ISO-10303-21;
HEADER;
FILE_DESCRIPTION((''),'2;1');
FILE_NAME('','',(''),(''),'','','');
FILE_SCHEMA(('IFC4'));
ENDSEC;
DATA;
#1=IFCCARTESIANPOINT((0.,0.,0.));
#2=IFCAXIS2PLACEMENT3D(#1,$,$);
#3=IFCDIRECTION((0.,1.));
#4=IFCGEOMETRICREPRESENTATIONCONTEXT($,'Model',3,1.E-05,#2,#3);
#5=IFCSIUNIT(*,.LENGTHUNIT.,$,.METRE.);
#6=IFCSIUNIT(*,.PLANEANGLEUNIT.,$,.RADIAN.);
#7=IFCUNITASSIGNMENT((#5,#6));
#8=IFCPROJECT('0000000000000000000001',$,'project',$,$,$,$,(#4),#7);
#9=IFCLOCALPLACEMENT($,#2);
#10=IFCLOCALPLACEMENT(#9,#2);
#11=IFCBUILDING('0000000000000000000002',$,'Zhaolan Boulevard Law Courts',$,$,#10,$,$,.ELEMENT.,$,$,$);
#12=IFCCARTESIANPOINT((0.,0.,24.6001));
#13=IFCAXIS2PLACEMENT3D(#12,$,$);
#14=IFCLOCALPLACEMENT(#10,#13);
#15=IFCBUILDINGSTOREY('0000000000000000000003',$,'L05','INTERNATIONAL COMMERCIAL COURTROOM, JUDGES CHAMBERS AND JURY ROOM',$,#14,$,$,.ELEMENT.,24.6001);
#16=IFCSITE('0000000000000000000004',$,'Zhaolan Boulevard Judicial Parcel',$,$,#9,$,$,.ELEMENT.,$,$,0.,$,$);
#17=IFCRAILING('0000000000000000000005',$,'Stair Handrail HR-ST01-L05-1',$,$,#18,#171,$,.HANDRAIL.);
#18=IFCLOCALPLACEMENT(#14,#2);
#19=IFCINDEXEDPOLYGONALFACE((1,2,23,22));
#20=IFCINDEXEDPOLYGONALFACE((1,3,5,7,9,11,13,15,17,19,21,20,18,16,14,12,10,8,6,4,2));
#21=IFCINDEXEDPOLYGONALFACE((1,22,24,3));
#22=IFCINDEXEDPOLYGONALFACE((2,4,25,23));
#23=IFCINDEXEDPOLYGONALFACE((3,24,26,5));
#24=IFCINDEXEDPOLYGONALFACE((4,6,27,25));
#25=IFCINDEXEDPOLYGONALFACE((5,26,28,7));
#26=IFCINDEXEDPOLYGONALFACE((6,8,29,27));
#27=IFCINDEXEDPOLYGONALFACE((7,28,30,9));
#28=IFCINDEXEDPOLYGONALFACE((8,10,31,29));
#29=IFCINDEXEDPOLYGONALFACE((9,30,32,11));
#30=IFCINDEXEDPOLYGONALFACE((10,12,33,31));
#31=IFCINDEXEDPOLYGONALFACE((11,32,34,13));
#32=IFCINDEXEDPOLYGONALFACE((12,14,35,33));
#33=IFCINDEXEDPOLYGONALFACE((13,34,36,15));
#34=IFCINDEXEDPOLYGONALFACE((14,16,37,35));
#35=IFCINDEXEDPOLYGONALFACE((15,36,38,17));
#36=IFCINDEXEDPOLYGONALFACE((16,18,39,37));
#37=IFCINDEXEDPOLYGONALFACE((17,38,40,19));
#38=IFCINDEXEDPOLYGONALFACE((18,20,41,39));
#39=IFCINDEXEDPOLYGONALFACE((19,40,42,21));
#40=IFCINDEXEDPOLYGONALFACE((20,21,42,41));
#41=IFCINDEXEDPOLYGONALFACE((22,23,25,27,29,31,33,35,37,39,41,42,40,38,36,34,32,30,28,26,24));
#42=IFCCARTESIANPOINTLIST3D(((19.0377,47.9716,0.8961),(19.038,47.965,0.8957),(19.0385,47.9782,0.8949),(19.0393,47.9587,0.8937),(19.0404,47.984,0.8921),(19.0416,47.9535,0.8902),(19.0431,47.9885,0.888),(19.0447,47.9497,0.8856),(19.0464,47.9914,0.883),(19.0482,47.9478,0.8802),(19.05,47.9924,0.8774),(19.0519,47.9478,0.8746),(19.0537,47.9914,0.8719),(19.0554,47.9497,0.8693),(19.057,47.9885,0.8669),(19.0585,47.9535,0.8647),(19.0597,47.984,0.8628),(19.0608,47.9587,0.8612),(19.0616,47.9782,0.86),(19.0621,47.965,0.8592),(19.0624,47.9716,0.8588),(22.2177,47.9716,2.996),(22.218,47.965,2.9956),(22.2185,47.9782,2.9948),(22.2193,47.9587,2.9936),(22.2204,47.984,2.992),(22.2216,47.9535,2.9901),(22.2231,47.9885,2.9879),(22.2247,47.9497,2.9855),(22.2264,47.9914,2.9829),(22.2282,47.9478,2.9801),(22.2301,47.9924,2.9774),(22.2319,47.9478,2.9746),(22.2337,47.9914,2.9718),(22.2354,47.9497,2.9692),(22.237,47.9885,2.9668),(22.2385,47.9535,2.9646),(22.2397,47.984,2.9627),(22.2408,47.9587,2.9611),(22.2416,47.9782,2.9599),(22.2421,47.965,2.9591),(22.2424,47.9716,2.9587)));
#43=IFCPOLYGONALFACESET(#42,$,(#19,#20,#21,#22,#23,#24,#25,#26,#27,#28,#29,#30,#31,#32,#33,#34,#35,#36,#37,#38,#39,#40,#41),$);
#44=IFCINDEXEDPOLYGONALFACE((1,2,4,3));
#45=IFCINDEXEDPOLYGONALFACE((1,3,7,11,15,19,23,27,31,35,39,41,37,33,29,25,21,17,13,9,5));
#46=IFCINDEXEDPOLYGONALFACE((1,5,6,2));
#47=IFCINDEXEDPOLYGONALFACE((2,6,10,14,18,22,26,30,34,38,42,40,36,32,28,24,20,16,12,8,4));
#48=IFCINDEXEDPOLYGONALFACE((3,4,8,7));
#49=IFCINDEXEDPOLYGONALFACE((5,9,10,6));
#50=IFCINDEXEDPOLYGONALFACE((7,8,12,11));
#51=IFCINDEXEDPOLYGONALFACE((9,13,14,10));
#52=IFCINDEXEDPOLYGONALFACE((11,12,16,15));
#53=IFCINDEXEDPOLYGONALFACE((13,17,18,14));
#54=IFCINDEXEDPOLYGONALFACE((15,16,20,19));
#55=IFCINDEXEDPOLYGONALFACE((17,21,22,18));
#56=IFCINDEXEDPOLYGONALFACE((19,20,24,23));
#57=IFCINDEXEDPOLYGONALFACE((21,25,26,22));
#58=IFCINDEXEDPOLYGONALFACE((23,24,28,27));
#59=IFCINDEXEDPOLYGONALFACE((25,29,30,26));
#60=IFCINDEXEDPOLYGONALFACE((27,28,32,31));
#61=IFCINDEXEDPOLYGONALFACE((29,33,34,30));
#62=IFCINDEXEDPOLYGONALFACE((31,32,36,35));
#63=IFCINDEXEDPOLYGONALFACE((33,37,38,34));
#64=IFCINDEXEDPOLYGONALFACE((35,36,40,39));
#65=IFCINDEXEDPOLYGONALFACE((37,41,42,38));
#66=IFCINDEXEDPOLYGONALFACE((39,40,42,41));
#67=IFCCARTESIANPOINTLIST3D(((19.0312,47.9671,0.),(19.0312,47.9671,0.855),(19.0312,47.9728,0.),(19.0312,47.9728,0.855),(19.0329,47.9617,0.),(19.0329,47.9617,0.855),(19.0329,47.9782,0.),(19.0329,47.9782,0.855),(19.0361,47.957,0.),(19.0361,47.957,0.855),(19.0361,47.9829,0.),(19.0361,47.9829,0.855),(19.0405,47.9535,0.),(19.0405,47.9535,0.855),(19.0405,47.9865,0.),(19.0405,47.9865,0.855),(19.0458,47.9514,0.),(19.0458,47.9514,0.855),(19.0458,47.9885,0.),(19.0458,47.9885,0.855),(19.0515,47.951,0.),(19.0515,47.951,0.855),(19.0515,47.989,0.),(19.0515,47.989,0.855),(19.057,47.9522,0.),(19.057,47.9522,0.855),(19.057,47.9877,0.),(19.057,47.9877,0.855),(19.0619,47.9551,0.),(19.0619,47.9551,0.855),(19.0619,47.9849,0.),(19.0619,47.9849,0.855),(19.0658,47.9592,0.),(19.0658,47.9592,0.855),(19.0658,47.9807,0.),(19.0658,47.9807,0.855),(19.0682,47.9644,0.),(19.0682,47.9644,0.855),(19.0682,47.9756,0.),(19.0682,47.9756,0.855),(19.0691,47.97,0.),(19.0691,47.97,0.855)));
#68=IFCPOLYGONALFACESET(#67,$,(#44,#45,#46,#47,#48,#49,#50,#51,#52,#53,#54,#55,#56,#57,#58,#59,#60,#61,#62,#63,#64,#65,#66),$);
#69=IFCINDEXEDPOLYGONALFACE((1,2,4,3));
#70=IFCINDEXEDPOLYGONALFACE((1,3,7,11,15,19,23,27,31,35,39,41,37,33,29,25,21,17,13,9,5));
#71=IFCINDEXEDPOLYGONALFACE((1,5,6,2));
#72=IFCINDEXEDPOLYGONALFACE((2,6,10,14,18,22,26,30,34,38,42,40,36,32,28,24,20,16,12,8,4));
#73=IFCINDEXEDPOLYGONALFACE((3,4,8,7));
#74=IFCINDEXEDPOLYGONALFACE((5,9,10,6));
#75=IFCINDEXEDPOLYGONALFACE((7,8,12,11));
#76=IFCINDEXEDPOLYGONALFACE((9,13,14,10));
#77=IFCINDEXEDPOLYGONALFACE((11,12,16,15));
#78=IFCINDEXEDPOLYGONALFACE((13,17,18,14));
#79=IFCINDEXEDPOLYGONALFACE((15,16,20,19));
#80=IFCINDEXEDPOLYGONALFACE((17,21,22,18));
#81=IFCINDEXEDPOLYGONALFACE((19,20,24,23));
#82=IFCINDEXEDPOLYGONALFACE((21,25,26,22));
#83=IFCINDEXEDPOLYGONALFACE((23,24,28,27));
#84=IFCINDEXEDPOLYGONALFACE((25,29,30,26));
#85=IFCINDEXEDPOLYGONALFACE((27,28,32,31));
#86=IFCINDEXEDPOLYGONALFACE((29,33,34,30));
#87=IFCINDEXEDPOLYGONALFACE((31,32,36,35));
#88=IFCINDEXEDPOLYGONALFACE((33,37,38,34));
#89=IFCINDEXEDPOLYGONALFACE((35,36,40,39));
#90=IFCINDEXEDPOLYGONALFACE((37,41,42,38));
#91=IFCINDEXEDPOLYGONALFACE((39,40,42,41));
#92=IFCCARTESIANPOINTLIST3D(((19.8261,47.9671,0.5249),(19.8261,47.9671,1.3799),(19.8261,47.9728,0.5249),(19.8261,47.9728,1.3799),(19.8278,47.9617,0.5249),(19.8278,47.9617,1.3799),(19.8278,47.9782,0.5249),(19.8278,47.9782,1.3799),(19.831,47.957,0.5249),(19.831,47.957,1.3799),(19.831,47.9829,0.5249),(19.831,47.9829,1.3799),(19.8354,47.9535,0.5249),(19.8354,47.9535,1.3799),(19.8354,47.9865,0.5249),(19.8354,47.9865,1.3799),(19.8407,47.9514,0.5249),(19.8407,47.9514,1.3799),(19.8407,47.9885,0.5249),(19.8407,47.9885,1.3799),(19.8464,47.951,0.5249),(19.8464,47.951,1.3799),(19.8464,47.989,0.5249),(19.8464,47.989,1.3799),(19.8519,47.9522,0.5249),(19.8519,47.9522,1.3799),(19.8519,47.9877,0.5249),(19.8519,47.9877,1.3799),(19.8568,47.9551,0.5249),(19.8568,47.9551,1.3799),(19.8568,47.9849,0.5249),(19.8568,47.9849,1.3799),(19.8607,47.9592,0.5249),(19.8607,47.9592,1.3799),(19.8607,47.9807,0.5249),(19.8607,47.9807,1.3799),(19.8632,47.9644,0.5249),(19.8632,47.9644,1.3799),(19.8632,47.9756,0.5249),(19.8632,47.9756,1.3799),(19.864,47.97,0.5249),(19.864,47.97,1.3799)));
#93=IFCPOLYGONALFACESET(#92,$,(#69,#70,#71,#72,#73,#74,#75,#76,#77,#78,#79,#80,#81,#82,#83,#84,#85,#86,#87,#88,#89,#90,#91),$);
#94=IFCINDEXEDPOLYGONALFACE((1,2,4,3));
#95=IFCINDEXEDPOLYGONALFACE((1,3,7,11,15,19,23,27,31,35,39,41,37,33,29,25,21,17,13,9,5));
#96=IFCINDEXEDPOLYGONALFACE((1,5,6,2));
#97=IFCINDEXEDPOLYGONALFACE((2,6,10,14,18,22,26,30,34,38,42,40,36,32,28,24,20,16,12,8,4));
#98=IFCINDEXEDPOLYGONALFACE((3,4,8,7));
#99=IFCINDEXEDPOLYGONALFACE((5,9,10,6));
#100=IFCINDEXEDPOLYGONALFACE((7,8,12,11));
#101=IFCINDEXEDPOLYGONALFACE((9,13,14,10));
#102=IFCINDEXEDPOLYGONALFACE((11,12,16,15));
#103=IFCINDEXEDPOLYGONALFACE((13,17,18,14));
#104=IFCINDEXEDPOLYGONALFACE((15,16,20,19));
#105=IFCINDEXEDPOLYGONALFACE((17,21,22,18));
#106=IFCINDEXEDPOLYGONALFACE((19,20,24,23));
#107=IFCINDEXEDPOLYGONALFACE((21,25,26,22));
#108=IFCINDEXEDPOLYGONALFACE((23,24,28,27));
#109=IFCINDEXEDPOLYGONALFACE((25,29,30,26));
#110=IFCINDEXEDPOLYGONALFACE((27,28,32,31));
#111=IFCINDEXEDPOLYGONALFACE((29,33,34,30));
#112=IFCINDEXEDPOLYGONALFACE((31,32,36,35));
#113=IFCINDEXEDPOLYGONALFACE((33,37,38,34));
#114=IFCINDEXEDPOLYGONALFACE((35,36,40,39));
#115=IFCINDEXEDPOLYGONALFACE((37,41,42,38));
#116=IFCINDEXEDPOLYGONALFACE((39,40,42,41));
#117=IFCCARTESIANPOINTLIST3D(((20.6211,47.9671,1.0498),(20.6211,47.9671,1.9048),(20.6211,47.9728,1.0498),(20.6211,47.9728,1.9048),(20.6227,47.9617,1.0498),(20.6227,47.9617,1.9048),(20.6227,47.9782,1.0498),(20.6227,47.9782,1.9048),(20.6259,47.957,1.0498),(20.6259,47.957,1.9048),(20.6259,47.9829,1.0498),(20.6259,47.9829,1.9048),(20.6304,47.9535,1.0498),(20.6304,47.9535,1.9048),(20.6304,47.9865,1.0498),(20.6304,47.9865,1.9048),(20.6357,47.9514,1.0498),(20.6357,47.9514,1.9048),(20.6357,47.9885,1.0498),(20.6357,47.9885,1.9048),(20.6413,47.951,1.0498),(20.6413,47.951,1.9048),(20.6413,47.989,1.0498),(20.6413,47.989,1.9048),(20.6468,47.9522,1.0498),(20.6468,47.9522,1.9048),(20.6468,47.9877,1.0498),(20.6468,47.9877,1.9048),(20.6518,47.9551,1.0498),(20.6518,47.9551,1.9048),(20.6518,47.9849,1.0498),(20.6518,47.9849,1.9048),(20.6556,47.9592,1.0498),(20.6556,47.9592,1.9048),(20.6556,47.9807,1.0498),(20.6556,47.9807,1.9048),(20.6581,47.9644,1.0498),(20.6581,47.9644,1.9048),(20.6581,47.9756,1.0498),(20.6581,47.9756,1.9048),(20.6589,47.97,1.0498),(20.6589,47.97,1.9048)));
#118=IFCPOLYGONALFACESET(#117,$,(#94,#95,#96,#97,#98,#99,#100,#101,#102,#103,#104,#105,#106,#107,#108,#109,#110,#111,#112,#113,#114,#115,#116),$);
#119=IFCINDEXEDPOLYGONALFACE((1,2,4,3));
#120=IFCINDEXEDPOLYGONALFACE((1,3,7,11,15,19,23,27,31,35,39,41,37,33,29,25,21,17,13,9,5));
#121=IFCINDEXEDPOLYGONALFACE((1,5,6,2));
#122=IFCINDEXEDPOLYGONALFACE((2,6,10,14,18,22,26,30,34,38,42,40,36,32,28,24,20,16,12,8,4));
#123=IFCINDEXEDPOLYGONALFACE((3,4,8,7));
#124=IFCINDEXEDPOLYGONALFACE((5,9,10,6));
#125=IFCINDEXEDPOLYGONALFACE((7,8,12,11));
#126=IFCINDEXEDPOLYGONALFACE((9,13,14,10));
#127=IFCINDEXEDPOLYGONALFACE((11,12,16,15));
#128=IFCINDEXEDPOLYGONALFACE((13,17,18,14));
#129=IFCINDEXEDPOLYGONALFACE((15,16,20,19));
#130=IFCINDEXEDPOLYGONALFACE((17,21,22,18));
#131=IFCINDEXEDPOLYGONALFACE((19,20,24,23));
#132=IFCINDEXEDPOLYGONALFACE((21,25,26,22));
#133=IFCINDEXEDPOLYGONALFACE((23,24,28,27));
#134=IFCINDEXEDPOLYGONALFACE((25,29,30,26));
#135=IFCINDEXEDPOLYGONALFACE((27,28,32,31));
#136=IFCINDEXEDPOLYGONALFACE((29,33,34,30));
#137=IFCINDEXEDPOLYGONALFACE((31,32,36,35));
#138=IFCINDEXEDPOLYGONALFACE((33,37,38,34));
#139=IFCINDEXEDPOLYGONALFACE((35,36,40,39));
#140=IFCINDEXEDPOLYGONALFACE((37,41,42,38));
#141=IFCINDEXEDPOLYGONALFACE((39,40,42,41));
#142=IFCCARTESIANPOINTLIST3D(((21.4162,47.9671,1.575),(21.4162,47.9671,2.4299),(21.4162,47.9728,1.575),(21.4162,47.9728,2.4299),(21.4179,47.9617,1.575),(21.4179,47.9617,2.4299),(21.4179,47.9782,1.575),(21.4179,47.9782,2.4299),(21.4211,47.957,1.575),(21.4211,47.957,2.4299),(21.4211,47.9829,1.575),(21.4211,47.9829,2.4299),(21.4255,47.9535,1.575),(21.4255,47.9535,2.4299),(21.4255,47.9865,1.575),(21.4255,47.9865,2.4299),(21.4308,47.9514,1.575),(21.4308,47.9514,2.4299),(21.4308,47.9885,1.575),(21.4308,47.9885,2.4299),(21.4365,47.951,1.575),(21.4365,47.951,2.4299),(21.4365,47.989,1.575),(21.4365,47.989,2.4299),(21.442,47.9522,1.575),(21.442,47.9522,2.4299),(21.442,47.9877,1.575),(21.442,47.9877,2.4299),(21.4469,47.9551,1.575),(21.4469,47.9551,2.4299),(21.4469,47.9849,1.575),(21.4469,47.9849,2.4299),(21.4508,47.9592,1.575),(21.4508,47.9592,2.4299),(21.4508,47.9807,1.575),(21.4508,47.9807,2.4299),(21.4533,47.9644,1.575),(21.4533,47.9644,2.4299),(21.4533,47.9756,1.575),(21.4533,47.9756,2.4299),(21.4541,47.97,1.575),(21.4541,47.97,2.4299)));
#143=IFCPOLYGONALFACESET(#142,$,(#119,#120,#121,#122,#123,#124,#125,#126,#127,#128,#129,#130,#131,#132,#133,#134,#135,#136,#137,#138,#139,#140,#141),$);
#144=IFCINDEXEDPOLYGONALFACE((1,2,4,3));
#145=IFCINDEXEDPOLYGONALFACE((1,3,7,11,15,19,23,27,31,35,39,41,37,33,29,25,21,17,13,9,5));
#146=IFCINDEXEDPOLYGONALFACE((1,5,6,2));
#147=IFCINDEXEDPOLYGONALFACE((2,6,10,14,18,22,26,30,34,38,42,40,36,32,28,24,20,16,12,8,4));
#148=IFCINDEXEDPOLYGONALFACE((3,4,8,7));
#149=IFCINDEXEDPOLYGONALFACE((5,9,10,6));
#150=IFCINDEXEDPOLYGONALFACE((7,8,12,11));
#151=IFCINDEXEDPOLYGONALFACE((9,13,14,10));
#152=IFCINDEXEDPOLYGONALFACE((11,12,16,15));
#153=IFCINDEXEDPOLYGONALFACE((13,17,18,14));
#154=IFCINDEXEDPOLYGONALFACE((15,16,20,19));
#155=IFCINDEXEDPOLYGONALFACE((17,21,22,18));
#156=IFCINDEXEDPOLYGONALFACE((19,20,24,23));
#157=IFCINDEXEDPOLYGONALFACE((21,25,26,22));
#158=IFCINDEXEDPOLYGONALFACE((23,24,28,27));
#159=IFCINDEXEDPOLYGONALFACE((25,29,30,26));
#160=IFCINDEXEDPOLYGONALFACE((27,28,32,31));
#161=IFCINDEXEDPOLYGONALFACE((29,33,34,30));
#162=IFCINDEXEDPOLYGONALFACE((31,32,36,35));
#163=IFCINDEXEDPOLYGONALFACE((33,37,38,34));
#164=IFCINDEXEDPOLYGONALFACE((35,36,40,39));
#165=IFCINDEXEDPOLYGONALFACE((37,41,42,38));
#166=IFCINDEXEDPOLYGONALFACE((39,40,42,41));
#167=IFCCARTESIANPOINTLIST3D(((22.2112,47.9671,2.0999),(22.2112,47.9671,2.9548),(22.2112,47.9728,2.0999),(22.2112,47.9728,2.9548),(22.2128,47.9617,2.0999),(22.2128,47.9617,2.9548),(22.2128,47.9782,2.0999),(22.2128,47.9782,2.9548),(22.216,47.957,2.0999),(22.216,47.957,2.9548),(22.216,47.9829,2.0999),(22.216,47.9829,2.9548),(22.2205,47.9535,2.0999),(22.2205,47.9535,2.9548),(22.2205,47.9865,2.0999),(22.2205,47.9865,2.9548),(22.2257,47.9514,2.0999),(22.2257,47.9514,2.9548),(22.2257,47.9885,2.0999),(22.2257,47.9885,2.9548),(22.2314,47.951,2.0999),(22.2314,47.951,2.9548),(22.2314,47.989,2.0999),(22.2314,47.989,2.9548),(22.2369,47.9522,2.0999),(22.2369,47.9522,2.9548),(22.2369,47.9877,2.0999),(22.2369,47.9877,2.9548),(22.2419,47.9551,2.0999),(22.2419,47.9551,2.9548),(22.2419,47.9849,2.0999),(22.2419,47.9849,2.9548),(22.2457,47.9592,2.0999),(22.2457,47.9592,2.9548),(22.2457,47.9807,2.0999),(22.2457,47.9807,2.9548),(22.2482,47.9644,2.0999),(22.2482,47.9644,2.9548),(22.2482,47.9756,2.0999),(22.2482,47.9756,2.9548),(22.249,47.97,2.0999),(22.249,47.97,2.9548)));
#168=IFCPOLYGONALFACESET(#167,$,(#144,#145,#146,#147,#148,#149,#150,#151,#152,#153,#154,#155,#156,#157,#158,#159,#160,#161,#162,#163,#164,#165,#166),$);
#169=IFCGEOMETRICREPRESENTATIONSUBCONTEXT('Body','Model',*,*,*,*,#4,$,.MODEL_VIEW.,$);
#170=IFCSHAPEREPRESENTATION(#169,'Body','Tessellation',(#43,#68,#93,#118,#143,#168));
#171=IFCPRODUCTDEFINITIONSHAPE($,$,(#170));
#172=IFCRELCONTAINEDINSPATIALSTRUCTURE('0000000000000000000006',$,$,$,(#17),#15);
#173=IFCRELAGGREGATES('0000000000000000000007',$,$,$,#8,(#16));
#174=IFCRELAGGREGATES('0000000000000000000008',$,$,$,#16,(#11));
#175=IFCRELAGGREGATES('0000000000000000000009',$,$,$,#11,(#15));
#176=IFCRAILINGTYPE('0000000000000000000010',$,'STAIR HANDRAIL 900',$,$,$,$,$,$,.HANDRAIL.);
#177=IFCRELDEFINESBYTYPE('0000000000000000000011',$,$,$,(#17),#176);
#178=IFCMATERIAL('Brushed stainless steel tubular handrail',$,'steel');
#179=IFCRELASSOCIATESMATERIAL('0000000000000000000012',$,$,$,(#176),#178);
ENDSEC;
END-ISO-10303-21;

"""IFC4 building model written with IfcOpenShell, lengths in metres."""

from ifc_helpers import new_model, si_unit, direction, frame, origin, origin_2d, place, context, subcontext, project, spatial, circle, extrude, material, type_object, element, save


model = new_model("IFC4")

# Units and contexts
model_context = context("Model", 3, precision=1e-05, world=origin(), true_north=direction((0.0, 1.0)))
body_context = subcontext(model_context, "Body", "Model", "MODEL_VIEW")
ifc_project = project(units=[si_unit("LENGTHUNIT", "METRE"), si_unit("PLANEANGLEUNIT", "RADIAN")], contexts=[model_context])

# Site, building, storey
site_placement = place(None, origin())
site = spatial("IfcSite", under=ifc_project, at=site_placement, Name="Zhaolan Boulevard Judicial Parcel", CompositionType="ELEMENT", RefElevation=0.0)
building_placement = place(site_placement, origin())
building = spatial("IfcBuilding", under=site, at=building_placement, Name="Zhaolan Boulevard Law Courts", CompositionType="ELEMENT")
storey_placement = place(building_placement, frame((0.0, 0.0, 24.6001)))
storey = spatial("IfcBuildingStorey", under=building, at=storey_placement, Name="L05", Description="INTERNATIONAL COMMERCIAL COURTROOM, JUDGES CHAMBERS AND JURY ROOM", CompositionType="ELEMENT", Elevation=24.6001)

# Railing
ifc_material_1 = material(Name="Brushed stainless steel tubular handrail", Category="steel")
railing_type_1 = type_object("IfcRailingType", Name="STAIR HANDRAIL 900", PredefinedType="HANDRAIL", material=ifc_material_1)
railing_1_placement = place(storey_placement, frame((19.05, 47.97, 0.0)))
element("IfcRailing", 1, at=railing_1_placement, inside=storey, type_object=railing_type_1, Name="Stair Handrail HR-ST01-L05-1", PredefinedType="HANDRAIL", context=body_context, shape_type="SweptSolid", body=[
    extrude(circle(Radius=0.0225, at=origin_2d()), frame((0.0, 0.0, 0.8774), z_axis=(0.834477, 0.0, 0.551043), x_axis=(0.0, 1.0, 0.0)), (0.0, 0.0, 1.0), 3.8108),
    extrude(circle(Radius=0.019, at=origin_2d()), origin(), (0.0, 0.0, 1.0), 0.855),
    extrude(circle(Radius=0.019, at=origin_2d()), frame((0.7949, 0.0, 0.5249)), (0.0, 0.0, 1.0), 0.855),
    extrude(circle(Radius=0.019, at=origin_2d()), frame((1.5898, 0.0, 1.0498)), (0.0, 0.0, 1.0), 0.855),
    extrude(circle(Radius=0.019, at=origin_2d()), frame((2.385, 0.0, 1.575)), (0.0, 0.0, 1.0), 0.855),
    extrude(circle(Radius=0.019, at=origin_2d()), frame((3.1799, 0.0, 2.0999)), (0.0, 0.0, 1.0), 0.855),
])

save(model, "model.ifc")
